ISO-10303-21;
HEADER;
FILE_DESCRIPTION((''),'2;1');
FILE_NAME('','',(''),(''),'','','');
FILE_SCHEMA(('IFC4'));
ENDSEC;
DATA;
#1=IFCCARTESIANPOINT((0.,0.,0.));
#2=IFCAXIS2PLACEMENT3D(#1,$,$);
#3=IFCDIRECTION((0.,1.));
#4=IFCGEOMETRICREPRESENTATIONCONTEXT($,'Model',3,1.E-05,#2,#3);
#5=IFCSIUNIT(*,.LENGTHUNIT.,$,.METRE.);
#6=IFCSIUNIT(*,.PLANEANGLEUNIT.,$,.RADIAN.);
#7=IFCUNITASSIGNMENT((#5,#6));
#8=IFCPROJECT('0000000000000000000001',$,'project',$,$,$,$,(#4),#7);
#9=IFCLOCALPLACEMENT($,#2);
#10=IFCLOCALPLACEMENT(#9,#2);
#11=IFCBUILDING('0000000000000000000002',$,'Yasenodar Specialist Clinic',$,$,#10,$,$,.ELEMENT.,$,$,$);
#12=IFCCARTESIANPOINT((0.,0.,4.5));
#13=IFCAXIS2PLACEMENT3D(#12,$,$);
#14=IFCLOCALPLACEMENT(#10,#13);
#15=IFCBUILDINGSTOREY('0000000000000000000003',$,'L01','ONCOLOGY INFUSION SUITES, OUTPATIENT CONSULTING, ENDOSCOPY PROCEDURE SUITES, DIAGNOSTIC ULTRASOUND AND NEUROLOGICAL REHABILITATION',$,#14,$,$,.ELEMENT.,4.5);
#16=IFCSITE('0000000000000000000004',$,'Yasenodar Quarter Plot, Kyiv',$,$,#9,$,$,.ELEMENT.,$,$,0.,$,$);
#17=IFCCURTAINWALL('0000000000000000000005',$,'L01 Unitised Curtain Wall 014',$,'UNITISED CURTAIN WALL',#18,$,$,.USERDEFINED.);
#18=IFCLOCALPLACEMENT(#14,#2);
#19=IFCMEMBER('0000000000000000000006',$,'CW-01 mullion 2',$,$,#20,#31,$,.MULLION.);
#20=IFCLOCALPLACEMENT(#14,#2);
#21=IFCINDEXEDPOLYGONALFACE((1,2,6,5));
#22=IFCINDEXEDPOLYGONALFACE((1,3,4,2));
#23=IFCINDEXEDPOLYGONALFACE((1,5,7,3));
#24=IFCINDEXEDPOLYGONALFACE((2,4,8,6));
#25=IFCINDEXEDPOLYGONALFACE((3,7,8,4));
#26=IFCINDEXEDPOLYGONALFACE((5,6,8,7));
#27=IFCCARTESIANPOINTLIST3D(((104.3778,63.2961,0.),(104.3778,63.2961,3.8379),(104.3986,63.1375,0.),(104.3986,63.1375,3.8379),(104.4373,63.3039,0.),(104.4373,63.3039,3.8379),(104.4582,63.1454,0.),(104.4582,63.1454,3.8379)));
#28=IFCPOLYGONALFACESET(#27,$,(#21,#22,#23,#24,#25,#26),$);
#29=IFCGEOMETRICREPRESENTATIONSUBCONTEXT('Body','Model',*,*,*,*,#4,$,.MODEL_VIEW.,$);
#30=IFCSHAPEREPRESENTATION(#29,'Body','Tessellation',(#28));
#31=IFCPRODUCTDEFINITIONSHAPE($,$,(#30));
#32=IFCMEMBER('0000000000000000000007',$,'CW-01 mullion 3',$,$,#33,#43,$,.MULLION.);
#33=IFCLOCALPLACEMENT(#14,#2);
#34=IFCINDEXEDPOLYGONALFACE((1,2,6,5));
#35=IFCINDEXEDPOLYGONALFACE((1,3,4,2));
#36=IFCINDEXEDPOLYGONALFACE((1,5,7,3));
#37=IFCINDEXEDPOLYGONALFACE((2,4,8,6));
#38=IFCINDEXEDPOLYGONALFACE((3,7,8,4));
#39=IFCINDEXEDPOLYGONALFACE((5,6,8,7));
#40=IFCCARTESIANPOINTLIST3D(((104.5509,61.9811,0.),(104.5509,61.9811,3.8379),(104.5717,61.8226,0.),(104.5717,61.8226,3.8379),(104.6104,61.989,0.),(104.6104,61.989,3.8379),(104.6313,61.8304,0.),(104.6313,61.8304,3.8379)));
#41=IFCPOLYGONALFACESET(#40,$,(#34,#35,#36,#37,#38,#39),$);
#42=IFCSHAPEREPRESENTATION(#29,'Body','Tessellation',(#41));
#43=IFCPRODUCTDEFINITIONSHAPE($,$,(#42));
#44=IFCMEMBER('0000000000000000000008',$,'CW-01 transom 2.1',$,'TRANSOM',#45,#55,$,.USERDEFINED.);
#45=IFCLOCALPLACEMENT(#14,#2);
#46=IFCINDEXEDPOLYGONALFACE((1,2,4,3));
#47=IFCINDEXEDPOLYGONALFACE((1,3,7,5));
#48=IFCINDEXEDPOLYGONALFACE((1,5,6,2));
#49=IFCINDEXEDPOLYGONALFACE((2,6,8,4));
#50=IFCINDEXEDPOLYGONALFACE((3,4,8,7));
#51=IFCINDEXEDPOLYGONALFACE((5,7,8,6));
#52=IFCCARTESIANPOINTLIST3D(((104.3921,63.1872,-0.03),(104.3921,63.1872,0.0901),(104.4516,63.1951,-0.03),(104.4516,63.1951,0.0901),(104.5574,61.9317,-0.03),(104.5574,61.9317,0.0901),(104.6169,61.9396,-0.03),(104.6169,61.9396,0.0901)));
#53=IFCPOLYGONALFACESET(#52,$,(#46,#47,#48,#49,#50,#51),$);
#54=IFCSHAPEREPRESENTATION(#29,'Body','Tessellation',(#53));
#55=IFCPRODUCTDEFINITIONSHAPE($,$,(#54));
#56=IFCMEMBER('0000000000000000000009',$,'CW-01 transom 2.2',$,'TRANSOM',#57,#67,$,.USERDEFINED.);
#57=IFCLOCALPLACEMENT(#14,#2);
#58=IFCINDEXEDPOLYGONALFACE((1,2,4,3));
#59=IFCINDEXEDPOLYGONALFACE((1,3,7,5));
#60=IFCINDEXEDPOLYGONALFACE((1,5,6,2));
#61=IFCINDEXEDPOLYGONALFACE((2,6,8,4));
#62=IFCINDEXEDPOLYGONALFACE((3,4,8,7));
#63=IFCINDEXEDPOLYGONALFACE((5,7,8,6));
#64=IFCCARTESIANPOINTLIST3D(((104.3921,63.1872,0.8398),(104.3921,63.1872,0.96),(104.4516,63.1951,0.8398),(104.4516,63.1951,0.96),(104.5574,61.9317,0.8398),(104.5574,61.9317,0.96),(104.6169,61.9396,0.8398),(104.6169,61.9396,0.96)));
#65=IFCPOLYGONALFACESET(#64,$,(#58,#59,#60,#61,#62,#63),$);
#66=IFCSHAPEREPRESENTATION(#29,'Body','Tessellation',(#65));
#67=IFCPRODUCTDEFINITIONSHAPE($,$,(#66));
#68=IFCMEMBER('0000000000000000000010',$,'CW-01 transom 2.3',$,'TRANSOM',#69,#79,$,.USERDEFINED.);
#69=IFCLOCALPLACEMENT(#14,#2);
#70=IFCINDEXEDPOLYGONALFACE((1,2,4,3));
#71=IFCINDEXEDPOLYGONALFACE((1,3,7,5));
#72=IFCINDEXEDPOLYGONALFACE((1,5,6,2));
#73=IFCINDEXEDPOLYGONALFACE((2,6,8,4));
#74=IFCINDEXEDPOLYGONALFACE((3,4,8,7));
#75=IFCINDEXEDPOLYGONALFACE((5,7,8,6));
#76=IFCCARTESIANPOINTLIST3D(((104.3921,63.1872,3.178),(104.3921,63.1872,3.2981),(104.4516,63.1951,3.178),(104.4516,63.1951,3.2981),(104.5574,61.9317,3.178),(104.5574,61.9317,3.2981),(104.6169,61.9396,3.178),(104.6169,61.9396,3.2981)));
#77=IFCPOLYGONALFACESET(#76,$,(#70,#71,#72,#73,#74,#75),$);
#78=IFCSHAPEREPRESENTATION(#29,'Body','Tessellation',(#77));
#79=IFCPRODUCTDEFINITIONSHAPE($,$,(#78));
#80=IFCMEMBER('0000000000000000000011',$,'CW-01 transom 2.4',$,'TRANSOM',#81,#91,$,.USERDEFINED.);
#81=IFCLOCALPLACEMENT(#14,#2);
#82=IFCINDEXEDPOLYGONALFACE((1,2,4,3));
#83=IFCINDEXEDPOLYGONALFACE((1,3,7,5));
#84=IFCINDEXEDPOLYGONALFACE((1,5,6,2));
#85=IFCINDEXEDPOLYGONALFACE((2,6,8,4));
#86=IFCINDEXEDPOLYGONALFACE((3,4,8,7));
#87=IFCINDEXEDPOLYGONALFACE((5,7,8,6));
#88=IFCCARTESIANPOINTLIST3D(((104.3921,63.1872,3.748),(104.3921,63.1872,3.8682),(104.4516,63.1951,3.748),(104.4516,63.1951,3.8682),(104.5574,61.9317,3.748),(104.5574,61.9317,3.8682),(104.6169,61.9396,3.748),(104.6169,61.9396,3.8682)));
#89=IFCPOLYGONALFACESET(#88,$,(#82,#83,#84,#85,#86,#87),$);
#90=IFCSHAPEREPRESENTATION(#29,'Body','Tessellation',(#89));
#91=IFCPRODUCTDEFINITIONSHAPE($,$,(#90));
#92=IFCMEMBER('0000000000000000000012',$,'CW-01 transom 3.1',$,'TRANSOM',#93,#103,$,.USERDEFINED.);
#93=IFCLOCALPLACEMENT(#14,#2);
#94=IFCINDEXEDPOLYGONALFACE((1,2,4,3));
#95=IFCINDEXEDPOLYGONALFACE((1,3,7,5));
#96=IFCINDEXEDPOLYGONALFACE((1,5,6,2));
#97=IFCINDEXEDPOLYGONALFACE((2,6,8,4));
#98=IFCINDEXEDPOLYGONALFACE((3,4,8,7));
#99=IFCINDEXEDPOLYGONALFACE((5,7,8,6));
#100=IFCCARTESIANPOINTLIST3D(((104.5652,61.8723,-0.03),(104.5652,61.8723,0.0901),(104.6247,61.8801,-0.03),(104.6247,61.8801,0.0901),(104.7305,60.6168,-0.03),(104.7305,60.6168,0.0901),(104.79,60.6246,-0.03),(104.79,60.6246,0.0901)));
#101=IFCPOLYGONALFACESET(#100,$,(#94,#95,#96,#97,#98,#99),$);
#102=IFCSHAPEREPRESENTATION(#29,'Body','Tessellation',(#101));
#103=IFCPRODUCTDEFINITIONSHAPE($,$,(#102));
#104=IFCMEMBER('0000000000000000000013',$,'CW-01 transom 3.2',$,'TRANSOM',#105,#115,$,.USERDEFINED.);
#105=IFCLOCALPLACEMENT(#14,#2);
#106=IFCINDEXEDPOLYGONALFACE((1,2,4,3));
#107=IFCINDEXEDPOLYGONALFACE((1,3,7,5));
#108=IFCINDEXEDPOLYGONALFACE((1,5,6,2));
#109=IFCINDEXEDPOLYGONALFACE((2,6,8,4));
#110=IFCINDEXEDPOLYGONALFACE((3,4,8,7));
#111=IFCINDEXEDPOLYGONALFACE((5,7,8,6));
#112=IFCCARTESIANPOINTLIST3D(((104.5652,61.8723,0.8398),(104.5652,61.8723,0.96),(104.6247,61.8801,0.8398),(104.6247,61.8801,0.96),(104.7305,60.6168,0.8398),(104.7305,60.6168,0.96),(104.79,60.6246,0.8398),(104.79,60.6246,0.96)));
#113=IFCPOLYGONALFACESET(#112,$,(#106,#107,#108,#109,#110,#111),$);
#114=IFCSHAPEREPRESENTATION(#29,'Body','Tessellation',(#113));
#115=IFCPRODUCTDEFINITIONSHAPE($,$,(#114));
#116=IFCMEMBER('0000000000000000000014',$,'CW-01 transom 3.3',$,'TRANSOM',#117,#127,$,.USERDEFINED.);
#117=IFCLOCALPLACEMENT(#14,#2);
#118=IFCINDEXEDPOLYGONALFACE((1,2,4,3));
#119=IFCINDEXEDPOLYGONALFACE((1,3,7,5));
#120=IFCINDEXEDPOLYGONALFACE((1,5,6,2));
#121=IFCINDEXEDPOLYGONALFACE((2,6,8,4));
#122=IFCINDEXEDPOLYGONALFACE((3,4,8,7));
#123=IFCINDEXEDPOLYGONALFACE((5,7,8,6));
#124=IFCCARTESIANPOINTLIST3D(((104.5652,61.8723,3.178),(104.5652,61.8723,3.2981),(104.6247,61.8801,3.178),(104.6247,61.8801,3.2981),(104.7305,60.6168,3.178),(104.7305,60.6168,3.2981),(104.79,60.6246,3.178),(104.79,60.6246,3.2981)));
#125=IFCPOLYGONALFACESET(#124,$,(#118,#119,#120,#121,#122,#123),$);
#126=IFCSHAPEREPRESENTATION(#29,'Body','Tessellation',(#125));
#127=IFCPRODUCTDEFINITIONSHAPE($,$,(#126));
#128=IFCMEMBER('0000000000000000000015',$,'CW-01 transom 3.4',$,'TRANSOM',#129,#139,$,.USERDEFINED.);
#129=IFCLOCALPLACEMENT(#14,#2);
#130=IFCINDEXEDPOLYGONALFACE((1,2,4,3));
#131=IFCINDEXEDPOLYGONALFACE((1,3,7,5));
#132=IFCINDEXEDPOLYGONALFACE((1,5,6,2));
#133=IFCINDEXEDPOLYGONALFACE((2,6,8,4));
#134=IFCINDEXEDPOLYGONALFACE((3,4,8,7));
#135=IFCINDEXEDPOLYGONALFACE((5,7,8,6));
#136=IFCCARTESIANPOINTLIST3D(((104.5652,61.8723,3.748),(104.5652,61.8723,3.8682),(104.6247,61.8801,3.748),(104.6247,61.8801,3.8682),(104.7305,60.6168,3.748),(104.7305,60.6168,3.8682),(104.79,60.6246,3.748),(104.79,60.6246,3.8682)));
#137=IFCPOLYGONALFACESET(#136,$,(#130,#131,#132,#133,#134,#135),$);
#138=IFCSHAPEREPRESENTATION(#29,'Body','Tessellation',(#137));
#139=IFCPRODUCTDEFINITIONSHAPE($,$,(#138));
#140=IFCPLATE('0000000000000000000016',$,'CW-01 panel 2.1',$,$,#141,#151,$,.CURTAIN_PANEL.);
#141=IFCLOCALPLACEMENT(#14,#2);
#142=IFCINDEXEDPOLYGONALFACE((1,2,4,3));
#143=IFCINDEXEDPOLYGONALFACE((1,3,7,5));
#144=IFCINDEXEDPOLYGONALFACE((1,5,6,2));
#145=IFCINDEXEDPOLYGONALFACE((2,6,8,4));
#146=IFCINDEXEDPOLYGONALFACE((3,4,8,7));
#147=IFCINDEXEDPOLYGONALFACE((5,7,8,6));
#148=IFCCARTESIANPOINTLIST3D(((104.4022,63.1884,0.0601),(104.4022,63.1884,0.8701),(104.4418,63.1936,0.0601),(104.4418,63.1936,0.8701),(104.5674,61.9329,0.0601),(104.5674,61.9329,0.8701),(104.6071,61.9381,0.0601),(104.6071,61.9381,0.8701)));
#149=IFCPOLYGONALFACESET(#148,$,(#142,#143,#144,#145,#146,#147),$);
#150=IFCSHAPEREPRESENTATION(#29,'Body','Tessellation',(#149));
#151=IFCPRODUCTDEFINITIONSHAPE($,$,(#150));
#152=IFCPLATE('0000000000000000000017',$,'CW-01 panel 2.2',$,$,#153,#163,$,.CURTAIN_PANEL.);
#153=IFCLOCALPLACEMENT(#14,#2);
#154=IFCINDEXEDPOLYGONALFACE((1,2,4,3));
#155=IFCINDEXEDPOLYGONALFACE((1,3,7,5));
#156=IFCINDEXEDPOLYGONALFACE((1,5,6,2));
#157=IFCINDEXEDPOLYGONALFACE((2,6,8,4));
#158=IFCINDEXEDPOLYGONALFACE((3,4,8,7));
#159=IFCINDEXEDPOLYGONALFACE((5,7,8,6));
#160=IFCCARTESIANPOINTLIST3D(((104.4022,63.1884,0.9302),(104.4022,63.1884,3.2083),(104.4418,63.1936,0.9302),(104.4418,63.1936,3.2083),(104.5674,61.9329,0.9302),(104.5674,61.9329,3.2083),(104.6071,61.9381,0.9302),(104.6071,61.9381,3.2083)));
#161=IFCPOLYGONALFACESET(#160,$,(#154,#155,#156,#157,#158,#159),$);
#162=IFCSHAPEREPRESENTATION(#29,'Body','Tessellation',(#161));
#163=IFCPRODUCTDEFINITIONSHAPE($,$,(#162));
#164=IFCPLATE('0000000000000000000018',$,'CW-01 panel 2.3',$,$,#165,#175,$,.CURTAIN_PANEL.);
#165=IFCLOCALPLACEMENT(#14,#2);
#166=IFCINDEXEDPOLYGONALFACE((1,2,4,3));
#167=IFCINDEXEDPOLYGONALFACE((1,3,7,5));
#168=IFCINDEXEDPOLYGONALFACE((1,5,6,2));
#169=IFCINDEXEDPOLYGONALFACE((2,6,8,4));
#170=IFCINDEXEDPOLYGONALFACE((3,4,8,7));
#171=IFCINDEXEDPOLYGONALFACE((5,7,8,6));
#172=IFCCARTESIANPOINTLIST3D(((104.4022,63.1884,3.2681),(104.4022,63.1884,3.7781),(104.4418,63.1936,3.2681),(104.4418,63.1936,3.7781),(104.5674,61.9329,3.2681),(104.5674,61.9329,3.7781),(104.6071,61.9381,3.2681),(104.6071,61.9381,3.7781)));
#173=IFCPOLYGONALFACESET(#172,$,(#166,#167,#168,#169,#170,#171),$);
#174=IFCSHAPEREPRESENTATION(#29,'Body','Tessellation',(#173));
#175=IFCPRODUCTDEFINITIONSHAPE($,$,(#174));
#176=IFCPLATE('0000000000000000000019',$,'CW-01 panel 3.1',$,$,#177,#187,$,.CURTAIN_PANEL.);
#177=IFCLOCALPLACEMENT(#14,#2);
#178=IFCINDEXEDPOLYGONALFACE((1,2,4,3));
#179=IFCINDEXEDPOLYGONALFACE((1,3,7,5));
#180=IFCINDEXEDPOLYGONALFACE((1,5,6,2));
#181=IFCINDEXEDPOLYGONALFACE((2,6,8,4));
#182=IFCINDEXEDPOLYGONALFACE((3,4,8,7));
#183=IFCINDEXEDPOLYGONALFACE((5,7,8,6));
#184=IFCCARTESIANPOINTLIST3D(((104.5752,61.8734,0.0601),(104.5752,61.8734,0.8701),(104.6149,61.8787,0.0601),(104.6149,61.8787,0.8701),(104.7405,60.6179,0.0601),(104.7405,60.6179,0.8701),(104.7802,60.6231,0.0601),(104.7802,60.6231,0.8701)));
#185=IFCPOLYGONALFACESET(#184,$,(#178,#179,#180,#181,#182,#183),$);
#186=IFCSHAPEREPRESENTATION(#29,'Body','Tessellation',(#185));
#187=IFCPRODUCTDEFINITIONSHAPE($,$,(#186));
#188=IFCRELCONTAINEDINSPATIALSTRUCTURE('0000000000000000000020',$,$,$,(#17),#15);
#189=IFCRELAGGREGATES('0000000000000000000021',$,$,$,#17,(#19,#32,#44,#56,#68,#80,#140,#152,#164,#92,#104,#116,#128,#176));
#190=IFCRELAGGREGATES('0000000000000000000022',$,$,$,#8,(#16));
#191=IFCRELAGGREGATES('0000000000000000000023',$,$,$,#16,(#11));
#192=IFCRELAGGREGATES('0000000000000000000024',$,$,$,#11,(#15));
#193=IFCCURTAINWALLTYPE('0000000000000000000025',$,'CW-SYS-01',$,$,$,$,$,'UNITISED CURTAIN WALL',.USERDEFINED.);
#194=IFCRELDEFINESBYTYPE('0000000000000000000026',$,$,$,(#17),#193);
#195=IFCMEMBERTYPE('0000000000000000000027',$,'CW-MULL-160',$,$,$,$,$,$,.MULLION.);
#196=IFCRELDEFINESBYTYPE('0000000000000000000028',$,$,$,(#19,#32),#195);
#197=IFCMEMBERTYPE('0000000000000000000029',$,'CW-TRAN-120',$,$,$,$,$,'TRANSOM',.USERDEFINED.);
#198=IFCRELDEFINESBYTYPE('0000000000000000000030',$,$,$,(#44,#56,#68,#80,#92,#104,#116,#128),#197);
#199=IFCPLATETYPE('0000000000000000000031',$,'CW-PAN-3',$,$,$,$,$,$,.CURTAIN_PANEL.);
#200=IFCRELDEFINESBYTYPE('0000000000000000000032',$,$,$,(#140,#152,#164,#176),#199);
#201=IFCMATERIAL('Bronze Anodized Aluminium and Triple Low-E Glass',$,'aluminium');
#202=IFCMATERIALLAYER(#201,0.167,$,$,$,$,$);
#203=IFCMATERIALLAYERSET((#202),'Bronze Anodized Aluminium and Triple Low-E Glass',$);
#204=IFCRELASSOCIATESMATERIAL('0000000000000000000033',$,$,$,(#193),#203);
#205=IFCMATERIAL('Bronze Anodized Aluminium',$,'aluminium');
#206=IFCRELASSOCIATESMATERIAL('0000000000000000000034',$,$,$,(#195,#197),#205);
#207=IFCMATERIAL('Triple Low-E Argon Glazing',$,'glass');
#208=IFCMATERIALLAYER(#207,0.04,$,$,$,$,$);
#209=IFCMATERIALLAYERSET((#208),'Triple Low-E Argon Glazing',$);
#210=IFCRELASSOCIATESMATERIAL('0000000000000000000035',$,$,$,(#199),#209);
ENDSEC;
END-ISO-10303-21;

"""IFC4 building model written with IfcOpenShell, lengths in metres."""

from ifc_helpers import new_model, si_unit, direction, frame, origin, origin_2d, place, context, subcontext, project, spatial, rectangle, extrude, material, layer, layer_set, material_profile, profile_set, type_object, element, aggregate, save


model = new_model("IFC4")

# Units and contexts
model_context = context("Model", 3, precision=1e-05, world=origin(), true_north=direction((0.0, 1.0)))
body_context = subcontext(model_context, "Body", "Model", "MODEL_VIEW")
ifc_project = project(units=[si_unit("LENGTHUNIT", "METRE"), si_unit("PLANEANGLEUNIT", "RADIAN")], contexts=[model_context])

# Site, building, storey
site_placement = place(None, origin())
site = spatial("IfcSite", under=ifc_project, at=site_placement, Name="Yasenodar Quarter Plot, Kyiv", CompositionType="ELEMENT", RefElevation=0.0)
building_placement = place(site_placement, origin())
building = spatial("IfcBuilding", under=site, at=building_placement, Name="Yasenodar Specialist Clinic", CompositionType="ELEMENT")
storey_placement = place(building_placement, frame((0.0, 0.0, 4.5)))
storey = spatial("IfcBuildingStorey", under=building, at=storey_placement, Name="L01", Description="ONCOLOGY INFUSION SUITES, OUTPATIENT CONSULTING, ENDOSCOPY PROCEDURE SUITES, DIAGNOSTIC ULTRASOUND AND NEUROLOGICAL REHABILITATION", CompositionType="ELEMENT", Elevation=4.5)

# Curtain wall, members, plates
ifc_material_1 = material(Name="Bronze Anodized Aluminium and Triple Low-E Glass", Category="aluminium")
ifc_layer_1 = layer(ifc_material_1, 0.167)
ifc_layer_set_1 = layer_set([ifc_layer_1], Name="Bronze Anodized Aluminium and Triple Low-E Glass")
curtain_wall_type = type_object("IfcCurtainWallType", Name="CW-SYS-01", ElementType="UNITISED CURTAIN WALL", PredefinedType="USERDEFINED", material=ifc_layer_set_1)
curtain_wall_placement = place(storey_placement, origin())
curtain_wall = element("IfcCurtainWall", 1, at=curtain_wall_placement, inside=storey, type_object=curtain_wall_type, Name="L01 Unitised Curtain Wall 014", ObjectType="UNITISED CURTAIN WALL", PredefinedType="USERDEFINED")
ifc_material_2 = material(Name="Bronze Anodized Aluminium", Category="aluminium")
ifc_material_profile_1 = material_profile(ifc_material_2, rectangle(XDim=0.0601, YDim=0.1599, at=origin_2d()), Name="CW-MULL 60x160")
ifc_profile_set_1 = profile_set([ifc_material_profile_1], Name="Bronze Anodized Aluminium")
member_type_1 = type_object("IfcMemberType", Name="CW-MULL-160", PredefinedType="MULLION", material=ifc_profile_set_1)
member_1_placement = place(storey_placement, frame((104.418, 63.2207, 0.0), z_axis=(0.0, 0.0, 1.0), x_axis=(0.991447, 0.130512, 0.0)))
member_1 = element("IfcMember", 2, at=member_1_placement, type_object=member_type_1, Name="CW-01 mullion 2", PredefinedType="MULLION", context=body_context, shape_type="SweptSolid", body=[
    extrude(rectangle(XDim=0.0601, YDim=0.1599, at=origin_2d()), origin(), (0.0, 0.0, 1.0), 3.8379),
])
member_2_placement = place(storey_placement, frame((104.5911, 61.9058, 0.0), z_axis=(0.0, 0.0, 1.0), x_axis=(0.991447, 0.130512, 0.0)))
member_2 = element("IfcMember", 3, at=member_2_placement, type_object=member_type_1, Name="CW-01 mullion 3", PredefinedType="MULLION", context=body_context, shape_type="SweptSolid", body=[
    extrude(rectangle(XDim=0.0601, YDim=0.1599, at=origin_2d()), origin(), (0.0, 0.0, 1.0), 3.8379),
])
ifc_material_profile_2 = material_profile(ifc_material_2, rectangle(XDim=0.0601, YDim=0.1201, at=origin_2d()), Name="CW-TRAN 60x120")
ifc_profile_set_2 = profile_set([ifc_material_profile_2], Name="Bronze Anodized Aluminium")
member_type_2 = type_object("IfcMemberType", Name="CW-TRAN-120", ElementType="TRANSOM", PredefinedType="USERDEFINED", material=ifc_profile_set_2)
member_3_placement = place(storey_placement, frame((104.4219, 63.1912, 0.03), z_axis=(0.130509, -0.991447, 0.0), x_axis=(0.991447, 0.130509, 0.0)))
member_3 = element("IfcMember", 4, at=member_3_placement, type_object=member_type_2, Name="CW-01 transom 2.1", ObjectType="TRANSOM", PredefinedType="USERDEFINED", context=body_context, shape_type="SweptSolid", body=[
    extrude(rectangle(XDim=0.0601, YDim=0.1201, at=origin_2d()), origin(), (0.0, 0.0, 1.0), 1.2664),
])
member_4_placement = place(storey_placement, frame((104.4219, 63.1912, 0.8999), z_axis=(0.130509, -0.991447, 0.0), x_axis=(0.991447, 0.130509, 0.0)))
member_4 = element("IfcMember", 5, at=member_4_placement, type_object=member_type_2, Name="CW-01 transom 2.2", ObjectType="TRANSOM", PredefinedType="USERDEFINED", context=body_context, shape_type="SweptSolid", body=[
    extrude(rectangle(XDim=0.0601, YDim=0.1201, at=origin_2d()), origin(), (0.0, 0.0, 1.0), 1.2664),
])
member_5_placement = place(storey_placement, frame((104.4219, 63.1912, 3.238), z_axis=(0.130509, -0.991447, 0.0), x_axis=(0.991447, 0.130509, 0.0)))
member_5 = element("IfcMember", 6, at=member_5_placement, type_object=member_type_2, Name="CW-01 transom 2.3", ObjectType="TRANSOM", PredefinedType="USERDEFINED", context=body_context, shape_type="SweptSolid", body=[
    extrude(rectangle(XDim=0.0601, YDim=0.1201, at=origin_2d()), origin(), (0.0, 0.0, 1.0), 1.2664),
])
member_6_placement = place(storey_placement, frame((104.4219, 63.1912, 3.8081), z_axis=(0.130509, -0.991447, 0.0), x_axis=(0.991447, 0.130509, 0.0)))
member_6 = element("IfcMember", 7, at=member_6_placement, type_object=member_type_2, Name="CW-01 transom 2.4", ObjectType="TRANSOM", PredefinedType="USERDEFINED", context=body_context, shape_type="SweptSolid", body=[
    extrude(rectangle(XDim=0.0601, YDim=0.1201, at=origin_2d()), origin(), (0.0, 0.0, 1.0), 1.2664),
])
member_7_placement = place(storey_placement, frame((104.595, 61.8762, 0.03), z_axis=(0.130509, -0.991447, 0.0), x_axis=(0.991447, 0.130509, 0.0)))
member_7 = element("IfcMember", 8, at=member_7_placement, type_object=member_type_2, Name="CW-01 transom 3.1", ObjectType="TRANSOM", PredefinedType="USERDEFINED", context=body_context, shape_type="SweptSolid", body=[
    extrude(rectangle(XDim=0.0601, YDim=0.1201, at=origin_2d()), origin(), (0.0, 0.0, 1.0), 1.2664),
])
member_8_placement = place(storey_placement, frame((104.595, 61.8762, 0.8999), z_axis=(0.130509, -0.991447, 0.0), x_axis=(0.991447, 0.130509, 0.0)))
member_8 = element("IfcMember", 9, at=member_8_placement, type_object=member_type_2, Name="CW-01 transom 3.2", ObjectType="TRANSOM", PredefinedType="USERDEFINED", context=body_context, shape_type="SweptSolid", body=[
    extrude(rectangle(XDim=0.0601, YDim=0.1201, at=origin_2d()), origin(), (0.0, 0.0, 1.0), 1.2664),
])
member_9_placement = place(storey_placement, frame((104.595, 61.8762, 3.238), z_axis=(0.130509, -0.991447, 0.0), x_axis=(0.991447, 0.130509, 0.0)))
member_9 = element("IfcMember", 10, at=member_9_placement, type_object=member_type_2, Name="CW-01 transom 3.3", ObjectType="TRANSOM", PredefinedType="USERDEFINED", context=body_context, shape_type="SweptSolid", body=[
    extrude(rectangle(XDim=0.0601, YDim=0.1201, at=origin_2d()), origin(), (0.0, 0.0, 1.0), 1.2664),
])
member_10_placement = place(storey_placement, frame((104.595, 61.8762, 3.8081), z_axis=(0.130509, -0.991447, 0.0), x_axis=(0.991447, 0.130509, 0.0)))
member_10 = element("IfcMember", 11, at=member_10_placement, type_object=member_type_2, Name="CW-01 transom 3.4", ObjectType="TRANSOM", PredefinedType="USERDEFINED", context=body_context, shape_type="SweptSolid", body=[
    extrude(rectangle(XDim=0.0601, YDim=0.1201, at=origin_2d()), origin(), (0.0, 0.0, 1.0), 1.2664),
])
ifc_material_3 = material(Name="Triple Low-E Argon Glazing", Category="glass")
ifc_layer_2 = layer(ifc_material_3, 0.04)
ifc_layer_set_2 = layer_set([ifc_layer_2], Name="Triple Low-E Argon Glazing")
plate_type_1 = type_object("IfcPlateType", Name="CW-PAN-3", PredefinedType="CURTAIN_PANEL", material=ifc_layer_set_2)
plate_1_placement = place(storey_placement, frame((104.5046, 62.5632, 0.0601), z_axis=(0.0, 0.0, 1.0), x_axis=(0.130512, -0.991447, 0.0)))
plate_1 = element("IfcPlate", 12, at=plate_1_placement, type_object=plate_type_1, Name="CW-01 panel 2.1", PredefinedType="CURTAIN_PANEL", context=body_context, shape_type="SweptSolid", body=[
    extrude(rectangle(XDim=1.2664, YDim=0.04, at=origin_2d()), origin(), (0.0, 0.0, 1.0), 0.8101),
])
plate_2_placement = place(storey_placement, frame((104.5046, 62.5632, 0.9302), z_axis=(0.0, 0.0, 1.0), x_axis=(0.130512, -0.991447, 0.0)))
plate_2 = element("IfcPlate", 13, at=plate_2_placement, type_object=plate_type_1, Name="CW-01 panel 2.2", PredefinedType="CURTAIN_PANEL", context=body_context, shape_type="SweptSolid", body=[
    extrude(rectangle(XDim=1.2664, YDim=0.04, at=origin_2d()), origin(), (0.0, 0.0, 1.0), 2.2781),
])
plate_3_placement = place(storey_placement, frame((104.5046, 62.5632, 3.2681), z_axis=(0.0, 0.0, 1.0), x_axis=(0.130512, -0.991447, 0.0)))
plate_3 = element("IfcPlate", 14, at=plate_3_placement, type_object=plate_type_1, Name="CW-01 panel 2.3", PredefinedType="CURTAIN_PANEL", context=body_context, shape_type="SweptSolid", body=[
    extrude(rectangle(XDim=1.2664, YDim=0.04, at=origin_2d()), origin(), (0.0, 0.0, 1.0), 0.51),
])
plate_4_placement = place(storey_placement, frame((104.6777, 61.2483, 0.0601), z_axis=(0.0, 0.0, 1.0), x_axis=(0.130512, -0.991447, 0.0)))
plate_4 = element("IfcPlate", 15, at=plate_4_placement, type_object=plate_type_1, Name="CW-01 panel 3.1", PredefinedType="CURTAIN_PANEL", context=body_context, shape_type="SweptSolid", body=[
    extrude(rectangle(XDim=1.2664, YDim=0.04, at=origin_2d()), origin(), (0.0, 0.0, 1.0), 0.8101),
])
aggregate(curtain_wall, [member_1, member_2, member_3, member_4, member_5, member_6, plate_1, plate_2, plate_3, member_7, member_8, member_9, member_10, plate_4])

save(model, "model.ifc")
